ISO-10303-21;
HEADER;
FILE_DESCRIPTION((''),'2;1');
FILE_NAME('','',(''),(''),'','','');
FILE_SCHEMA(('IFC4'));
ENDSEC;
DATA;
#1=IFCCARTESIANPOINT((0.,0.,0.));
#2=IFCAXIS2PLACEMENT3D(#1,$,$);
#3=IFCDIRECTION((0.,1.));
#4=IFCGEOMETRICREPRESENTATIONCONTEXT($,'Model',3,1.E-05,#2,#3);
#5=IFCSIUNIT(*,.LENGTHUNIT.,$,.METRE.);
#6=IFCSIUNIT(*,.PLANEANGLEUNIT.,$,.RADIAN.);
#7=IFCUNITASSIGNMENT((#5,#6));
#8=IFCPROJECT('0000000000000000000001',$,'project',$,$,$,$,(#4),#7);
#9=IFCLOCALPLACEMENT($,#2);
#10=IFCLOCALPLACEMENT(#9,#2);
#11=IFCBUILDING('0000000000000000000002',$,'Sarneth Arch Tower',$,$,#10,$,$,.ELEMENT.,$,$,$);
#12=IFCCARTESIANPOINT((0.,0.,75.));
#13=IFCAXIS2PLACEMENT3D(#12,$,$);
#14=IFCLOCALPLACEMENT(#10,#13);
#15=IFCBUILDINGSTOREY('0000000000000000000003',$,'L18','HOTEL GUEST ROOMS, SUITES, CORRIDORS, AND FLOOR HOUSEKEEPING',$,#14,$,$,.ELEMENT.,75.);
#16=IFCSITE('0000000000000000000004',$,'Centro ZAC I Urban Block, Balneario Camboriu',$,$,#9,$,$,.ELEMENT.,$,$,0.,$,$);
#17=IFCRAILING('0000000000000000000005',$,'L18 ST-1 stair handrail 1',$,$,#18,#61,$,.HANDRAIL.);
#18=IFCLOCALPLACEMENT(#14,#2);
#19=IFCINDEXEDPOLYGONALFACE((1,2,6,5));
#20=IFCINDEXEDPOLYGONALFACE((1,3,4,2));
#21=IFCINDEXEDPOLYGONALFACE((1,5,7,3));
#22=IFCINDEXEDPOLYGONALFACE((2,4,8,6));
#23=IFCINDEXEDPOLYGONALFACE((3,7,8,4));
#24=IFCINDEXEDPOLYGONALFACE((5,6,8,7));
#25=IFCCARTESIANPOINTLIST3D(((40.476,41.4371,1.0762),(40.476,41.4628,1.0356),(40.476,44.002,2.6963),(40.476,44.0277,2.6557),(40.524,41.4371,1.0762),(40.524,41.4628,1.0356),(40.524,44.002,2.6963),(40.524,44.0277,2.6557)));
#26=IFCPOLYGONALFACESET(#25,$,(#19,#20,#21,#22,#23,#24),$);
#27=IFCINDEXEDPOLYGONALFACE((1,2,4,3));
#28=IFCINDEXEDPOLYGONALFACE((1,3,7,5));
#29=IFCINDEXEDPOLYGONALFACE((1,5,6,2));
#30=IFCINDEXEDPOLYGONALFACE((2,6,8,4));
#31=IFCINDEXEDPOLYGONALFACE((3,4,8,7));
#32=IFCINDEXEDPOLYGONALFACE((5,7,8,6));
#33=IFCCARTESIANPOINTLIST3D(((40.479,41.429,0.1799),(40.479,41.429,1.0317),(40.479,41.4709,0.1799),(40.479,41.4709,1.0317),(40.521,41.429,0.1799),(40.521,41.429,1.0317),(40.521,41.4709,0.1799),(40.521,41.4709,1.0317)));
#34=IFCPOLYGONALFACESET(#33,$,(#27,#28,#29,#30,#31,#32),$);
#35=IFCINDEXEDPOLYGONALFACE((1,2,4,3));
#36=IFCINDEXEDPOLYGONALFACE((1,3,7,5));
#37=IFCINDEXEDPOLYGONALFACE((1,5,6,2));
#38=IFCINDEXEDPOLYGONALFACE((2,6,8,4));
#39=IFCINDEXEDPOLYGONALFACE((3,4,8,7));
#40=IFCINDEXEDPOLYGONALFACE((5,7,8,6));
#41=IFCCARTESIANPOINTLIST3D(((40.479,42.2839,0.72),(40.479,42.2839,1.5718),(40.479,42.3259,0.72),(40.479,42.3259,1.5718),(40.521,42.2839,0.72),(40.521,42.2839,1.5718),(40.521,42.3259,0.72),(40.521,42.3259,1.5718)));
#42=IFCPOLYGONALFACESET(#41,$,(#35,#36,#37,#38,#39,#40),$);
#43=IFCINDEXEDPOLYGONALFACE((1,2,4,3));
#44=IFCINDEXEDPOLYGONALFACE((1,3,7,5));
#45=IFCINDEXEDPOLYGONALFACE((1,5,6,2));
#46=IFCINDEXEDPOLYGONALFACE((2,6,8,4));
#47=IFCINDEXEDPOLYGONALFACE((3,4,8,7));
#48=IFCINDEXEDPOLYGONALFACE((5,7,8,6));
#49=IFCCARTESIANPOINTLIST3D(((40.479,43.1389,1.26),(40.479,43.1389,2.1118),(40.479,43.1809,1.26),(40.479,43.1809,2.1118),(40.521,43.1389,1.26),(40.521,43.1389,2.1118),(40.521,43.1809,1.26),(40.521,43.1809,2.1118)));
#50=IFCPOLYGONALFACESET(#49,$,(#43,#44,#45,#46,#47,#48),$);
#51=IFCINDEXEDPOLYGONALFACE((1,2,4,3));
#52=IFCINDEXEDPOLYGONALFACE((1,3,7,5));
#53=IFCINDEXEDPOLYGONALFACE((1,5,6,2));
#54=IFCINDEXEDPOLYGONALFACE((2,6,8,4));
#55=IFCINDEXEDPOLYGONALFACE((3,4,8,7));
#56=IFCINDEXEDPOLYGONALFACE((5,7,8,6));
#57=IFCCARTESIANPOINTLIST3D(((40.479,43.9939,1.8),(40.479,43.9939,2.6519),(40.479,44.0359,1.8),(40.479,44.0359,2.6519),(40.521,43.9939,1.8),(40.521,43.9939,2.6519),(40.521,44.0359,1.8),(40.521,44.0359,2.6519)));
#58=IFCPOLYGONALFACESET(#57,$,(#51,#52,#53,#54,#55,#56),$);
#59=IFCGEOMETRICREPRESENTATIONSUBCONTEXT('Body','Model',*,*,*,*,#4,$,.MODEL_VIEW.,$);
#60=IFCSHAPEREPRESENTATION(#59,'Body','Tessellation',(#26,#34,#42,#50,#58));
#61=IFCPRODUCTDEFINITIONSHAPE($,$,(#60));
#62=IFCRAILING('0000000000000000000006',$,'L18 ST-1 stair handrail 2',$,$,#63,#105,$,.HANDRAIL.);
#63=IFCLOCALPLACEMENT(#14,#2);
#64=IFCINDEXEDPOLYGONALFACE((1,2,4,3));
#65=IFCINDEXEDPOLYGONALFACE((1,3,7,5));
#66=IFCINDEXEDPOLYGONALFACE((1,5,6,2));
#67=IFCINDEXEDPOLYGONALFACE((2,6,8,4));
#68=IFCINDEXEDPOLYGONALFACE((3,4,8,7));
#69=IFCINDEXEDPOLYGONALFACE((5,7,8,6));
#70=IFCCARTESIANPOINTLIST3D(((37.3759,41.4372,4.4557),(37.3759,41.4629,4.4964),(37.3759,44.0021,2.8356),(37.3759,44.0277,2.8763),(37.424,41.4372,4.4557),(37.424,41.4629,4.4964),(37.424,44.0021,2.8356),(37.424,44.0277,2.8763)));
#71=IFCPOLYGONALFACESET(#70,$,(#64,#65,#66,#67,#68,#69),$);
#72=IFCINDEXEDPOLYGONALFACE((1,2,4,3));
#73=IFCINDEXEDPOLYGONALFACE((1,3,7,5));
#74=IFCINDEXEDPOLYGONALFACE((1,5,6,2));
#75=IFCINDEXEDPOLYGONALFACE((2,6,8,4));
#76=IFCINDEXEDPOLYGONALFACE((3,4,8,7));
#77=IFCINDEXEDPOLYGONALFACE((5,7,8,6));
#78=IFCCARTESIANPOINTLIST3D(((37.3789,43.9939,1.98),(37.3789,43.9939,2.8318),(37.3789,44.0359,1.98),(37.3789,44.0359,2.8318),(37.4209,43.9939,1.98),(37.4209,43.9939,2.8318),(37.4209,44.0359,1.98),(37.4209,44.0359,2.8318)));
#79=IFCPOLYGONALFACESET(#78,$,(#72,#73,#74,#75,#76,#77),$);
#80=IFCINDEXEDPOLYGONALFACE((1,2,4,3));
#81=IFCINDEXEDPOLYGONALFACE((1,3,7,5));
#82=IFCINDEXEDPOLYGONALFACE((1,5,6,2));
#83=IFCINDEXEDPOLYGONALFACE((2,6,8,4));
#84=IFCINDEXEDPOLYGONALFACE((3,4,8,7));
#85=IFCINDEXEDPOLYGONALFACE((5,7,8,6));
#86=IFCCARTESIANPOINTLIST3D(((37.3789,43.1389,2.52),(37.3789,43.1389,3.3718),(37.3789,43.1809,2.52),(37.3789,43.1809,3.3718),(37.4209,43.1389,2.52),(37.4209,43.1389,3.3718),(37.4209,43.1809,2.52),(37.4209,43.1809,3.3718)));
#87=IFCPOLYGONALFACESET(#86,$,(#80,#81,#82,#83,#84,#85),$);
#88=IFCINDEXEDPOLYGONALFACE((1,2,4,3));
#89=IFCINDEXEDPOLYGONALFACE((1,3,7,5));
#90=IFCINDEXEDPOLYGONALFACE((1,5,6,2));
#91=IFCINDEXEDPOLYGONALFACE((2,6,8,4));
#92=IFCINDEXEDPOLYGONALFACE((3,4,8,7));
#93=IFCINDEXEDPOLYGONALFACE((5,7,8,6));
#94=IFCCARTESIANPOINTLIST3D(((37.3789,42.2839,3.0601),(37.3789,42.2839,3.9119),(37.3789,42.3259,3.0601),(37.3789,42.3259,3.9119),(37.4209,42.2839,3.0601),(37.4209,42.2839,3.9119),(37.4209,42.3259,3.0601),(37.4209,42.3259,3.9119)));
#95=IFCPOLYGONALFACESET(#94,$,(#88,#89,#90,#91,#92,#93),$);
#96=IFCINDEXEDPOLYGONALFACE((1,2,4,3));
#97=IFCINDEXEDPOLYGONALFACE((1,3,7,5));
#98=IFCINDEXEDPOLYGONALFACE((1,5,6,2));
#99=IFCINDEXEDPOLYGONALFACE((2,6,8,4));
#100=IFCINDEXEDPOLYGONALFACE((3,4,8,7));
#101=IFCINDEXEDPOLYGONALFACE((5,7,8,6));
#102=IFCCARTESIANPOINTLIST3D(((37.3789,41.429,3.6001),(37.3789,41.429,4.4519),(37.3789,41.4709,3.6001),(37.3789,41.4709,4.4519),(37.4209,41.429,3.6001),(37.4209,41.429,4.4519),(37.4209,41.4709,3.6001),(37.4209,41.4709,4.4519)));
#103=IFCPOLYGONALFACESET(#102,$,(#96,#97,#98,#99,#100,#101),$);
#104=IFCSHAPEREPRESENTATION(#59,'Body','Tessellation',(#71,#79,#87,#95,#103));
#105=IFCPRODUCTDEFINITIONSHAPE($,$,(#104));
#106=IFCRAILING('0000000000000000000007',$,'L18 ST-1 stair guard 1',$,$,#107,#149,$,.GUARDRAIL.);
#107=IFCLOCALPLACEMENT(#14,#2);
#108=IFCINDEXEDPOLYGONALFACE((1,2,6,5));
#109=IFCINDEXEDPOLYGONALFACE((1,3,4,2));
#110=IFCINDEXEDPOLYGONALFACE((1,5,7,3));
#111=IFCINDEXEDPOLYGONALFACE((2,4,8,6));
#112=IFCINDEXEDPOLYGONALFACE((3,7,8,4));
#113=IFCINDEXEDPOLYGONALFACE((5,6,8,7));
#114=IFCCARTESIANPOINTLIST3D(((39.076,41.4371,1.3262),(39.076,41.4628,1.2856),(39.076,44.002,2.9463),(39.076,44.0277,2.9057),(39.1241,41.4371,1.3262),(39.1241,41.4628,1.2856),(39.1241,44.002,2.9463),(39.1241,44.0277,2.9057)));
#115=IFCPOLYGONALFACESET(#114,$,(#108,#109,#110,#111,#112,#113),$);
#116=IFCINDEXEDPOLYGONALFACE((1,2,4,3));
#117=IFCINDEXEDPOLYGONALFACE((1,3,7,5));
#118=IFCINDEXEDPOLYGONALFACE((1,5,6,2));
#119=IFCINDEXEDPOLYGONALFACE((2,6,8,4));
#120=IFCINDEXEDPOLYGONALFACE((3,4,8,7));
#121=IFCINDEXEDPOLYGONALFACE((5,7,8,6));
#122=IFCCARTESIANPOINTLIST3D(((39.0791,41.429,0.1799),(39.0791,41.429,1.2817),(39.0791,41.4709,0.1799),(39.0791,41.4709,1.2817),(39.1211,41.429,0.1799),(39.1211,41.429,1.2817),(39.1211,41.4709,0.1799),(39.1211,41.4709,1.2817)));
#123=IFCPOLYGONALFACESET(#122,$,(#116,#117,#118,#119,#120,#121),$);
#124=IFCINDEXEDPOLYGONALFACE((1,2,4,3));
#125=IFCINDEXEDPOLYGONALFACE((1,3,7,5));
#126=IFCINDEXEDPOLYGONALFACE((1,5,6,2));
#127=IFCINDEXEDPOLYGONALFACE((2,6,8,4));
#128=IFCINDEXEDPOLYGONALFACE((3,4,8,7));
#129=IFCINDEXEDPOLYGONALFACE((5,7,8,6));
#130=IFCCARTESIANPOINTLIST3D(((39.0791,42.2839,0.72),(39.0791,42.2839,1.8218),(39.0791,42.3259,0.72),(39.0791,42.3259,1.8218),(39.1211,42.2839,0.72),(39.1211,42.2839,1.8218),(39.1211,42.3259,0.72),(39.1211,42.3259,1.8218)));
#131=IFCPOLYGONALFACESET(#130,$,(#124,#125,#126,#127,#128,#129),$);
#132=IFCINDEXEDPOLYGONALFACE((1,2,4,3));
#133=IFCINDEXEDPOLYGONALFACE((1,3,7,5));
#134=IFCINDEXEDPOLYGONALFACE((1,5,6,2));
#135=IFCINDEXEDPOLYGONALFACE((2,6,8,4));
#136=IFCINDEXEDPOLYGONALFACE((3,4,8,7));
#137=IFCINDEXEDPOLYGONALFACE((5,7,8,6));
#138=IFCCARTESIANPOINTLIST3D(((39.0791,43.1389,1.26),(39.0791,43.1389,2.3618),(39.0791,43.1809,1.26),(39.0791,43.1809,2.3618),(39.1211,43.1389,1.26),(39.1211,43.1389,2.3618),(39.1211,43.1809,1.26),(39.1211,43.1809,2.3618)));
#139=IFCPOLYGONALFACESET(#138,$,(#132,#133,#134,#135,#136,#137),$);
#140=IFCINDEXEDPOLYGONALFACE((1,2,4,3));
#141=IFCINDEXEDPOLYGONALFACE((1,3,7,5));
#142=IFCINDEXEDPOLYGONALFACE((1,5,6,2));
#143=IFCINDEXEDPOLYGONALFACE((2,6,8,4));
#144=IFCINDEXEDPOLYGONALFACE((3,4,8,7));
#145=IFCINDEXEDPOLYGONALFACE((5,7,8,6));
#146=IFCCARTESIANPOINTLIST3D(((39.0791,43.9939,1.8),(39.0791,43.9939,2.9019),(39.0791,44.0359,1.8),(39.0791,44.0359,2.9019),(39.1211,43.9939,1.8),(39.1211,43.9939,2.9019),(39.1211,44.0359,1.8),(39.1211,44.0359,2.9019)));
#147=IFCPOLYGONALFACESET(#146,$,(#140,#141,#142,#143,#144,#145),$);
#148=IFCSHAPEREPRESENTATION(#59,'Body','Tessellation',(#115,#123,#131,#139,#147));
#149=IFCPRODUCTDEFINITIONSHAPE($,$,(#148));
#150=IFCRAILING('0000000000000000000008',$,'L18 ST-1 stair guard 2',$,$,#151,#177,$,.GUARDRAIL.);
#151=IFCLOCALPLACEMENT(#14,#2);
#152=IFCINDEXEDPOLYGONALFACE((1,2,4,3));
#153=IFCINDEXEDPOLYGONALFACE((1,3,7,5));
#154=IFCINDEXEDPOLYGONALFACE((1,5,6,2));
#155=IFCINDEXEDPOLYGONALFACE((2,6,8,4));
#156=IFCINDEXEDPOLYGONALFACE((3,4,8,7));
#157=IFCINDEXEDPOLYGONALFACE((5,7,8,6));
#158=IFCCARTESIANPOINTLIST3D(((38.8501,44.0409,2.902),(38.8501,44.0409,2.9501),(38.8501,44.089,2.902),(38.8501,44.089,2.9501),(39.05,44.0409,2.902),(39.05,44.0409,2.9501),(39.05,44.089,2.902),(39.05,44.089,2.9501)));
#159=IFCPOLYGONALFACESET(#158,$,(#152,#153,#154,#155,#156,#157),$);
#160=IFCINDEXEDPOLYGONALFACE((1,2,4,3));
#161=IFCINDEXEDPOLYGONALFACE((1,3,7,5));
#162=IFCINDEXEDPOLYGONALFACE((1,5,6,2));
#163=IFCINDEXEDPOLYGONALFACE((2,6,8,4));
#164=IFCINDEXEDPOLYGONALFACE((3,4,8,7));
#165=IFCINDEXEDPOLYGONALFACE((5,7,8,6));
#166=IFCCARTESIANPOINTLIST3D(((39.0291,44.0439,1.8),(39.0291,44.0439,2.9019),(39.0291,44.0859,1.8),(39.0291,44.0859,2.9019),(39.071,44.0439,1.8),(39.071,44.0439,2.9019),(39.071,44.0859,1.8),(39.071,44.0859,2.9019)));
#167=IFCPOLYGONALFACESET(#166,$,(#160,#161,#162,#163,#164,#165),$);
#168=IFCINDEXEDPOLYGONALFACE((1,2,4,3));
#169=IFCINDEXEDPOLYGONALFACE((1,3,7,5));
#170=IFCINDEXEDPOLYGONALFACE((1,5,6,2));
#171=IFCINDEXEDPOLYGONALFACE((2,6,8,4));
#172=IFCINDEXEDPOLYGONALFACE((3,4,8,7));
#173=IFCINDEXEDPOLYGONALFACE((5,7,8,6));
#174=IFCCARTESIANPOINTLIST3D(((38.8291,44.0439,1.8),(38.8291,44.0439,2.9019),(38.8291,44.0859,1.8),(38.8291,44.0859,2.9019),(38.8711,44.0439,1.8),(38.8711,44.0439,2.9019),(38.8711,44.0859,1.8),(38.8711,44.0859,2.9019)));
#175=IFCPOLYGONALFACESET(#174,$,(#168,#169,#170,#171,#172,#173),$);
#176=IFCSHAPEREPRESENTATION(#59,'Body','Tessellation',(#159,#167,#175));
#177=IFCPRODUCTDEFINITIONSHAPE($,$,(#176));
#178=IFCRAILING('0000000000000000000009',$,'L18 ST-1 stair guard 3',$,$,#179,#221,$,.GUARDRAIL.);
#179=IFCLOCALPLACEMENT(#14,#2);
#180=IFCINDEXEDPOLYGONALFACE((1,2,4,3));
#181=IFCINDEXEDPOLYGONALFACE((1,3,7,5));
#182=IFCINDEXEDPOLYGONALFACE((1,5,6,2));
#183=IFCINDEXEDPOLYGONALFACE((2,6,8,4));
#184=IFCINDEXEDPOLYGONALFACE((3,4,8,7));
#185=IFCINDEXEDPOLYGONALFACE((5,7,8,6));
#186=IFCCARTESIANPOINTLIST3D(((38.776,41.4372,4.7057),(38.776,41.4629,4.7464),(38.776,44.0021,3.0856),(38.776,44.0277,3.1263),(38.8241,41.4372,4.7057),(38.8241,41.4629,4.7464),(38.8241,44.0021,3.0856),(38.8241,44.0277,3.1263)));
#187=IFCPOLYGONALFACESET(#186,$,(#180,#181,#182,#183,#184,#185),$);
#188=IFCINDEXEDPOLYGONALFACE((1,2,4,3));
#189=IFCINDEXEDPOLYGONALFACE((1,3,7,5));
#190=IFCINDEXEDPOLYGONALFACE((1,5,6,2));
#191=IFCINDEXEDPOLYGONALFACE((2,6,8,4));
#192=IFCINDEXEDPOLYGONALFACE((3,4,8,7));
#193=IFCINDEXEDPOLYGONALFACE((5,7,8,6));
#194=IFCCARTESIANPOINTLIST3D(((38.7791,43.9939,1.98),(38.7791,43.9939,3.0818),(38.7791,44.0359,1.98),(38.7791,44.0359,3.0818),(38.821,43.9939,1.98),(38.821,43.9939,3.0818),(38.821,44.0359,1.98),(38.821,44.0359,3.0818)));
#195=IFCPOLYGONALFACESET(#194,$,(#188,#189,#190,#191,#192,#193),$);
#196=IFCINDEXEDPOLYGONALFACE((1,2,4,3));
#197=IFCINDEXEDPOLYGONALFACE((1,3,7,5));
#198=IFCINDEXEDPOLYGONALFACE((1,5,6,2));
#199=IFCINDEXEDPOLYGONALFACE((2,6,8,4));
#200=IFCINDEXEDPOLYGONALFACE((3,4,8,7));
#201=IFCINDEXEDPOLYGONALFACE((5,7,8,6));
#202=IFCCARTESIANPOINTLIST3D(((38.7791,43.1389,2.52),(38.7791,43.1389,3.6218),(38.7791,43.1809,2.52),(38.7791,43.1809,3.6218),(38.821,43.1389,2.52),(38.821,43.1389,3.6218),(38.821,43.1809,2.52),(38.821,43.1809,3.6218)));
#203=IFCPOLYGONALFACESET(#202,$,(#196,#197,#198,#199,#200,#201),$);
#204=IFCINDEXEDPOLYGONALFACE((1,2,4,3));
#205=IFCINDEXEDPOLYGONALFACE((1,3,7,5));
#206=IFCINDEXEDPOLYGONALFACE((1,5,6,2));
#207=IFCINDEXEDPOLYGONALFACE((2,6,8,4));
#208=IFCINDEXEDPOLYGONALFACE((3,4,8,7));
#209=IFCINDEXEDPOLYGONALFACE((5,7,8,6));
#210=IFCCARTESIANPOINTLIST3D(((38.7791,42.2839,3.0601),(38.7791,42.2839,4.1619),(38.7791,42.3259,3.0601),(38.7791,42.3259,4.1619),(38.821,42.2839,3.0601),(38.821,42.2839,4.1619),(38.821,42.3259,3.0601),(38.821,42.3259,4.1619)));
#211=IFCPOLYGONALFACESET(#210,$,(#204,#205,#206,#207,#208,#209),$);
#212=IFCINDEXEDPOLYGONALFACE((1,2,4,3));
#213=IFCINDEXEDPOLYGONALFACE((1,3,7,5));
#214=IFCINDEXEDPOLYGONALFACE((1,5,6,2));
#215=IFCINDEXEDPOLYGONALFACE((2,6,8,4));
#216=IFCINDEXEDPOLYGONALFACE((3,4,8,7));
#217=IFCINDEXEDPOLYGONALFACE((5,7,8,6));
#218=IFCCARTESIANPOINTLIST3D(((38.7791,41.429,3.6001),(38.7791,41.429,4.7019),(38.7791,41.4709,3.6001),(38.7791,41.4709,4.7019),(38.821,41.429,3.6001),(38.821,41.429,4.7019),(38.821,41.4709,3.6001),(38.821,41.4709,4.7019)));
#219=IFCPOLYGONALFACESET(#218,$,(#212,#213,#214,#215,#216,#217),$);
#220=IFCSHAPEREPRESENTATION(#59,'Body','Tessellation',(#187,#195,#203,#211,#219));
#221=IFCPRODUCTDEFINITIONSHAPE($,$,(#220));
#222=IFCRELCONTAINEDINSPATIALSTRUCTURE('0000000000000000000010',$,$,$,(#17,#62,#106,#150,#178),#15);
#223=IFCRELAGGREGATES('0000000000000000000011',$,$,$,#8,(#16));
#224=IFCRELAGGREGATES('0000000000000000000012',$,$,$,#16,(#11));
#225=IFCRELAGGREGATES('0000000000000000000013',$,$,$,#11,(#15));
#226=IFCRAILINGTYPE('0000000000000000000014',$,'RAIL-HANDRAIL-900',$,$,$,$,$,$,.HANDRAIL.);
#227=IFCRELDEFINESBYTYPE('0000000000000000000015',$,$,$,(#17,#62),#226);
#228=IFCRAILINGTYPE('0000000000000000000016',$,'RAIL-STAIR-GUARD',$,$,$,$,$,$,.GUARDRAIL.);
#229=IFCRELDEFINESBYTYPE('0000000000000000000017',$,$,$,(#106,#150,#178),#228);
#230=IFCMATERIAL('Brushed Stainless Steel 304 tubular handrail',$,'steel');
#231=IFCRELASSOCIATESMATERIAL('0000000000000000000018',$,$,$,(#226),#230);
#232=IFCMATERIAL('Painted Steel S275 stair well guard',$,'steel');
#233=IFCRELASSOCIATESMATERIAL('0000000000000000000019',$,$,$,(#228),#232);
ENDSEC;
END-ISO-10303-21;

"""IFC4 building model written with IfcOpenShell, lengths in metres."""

from ifc_helpers import new_model, si_unit, direction, frame, origin, origin_2d, place, context, subcontext, project, spatial, rectangle, extrude, material, type_object, element, save


model = new_model("IFC4")

# Units and contexts
model_context = context("Model", 3, precision=1e-05, world=origin(), true_north=direction((0.0, 1.0)))
body_context = subcontext(model_context, "Body", "Model", "MODEL_VIEW")
ifc_project = project(units=[si_unit("LENGTHUNIT", "METRE"), si_unit("PLANEANGLEUNIT", "RADIAN")], contexts=[model_context])

# Site, building, storey
site_placement = place(None, origin())
site = spatial("IfcSite", under=ifc_project, at=site_placement, Name="Centro ZAC I Urban Block, Balneario Camboriu", CompositionType="ELEMENT", RefElevation=0.0)
building_placement = place(site_placement, origin())
building = spatial("IfcBuilding", under=site, at=building_placement, Name="Sarneth Arch Tower", CompositionType="ELEMENT")
storey_placement = place(building_placement, frame((0.0, 0.0, 75.0)))
storey = spatial("IfcBuildingStorey", under=building, at=storey_placement, Name="L18", Description="HOTEL GUEST ROOMS, SUITES, CORRIDORS, AND FLOOR HOUSEKEEPING", CompositionType="ELEMENT", Elevation=75.0)

# Railings
ifc_material_1 = material(Name="Brushed Stainless Steel 304 tubular handrail", Category="steel")
railing_type_1 = type_object("IfcRailingType", Name="RAIL-HANDRAIL-900", PredefinedType="HANDRAIL", material=ifc_material_1)
railing_1_placement = place(storey_placement, frame((40.5, 41.45, 0.1799)))
element("IfcRailing", 1, at=railing_1_placement, inside=storey, type_object=railing_type_1, Name="L18 ST-1 stair handrail 1", PredefinedType="HANDRAIL", context=body_context, shape_type="SweptSolid", body=[
    extrude(rectangle(XDim=0.0481, YDim=0.0481, at=origin_2d()), frame((0.0, 0.0, 0.876), z_axis=(0.0, 0.845466, 0.534029), x_axis=(-1.0, 0.0, 0.0)), (0.0, 0.0, 1.0), 3.0337),
    extrude(rectangle(XDim=0.042, YDim=0.042, at=origin_2d()), origin(), (0.0, 0.0, 1.0), 0.8518),
    extrude(rectangle(XDim=0.042, YDim=0.042, at=origin_2d()), frame((0.0, 0.855, 0.54)), (0.0, 0.0, 1.0), 0.8518),
    extrude(rectangle(XDim=0.042, YDim=0.042, at=origin_2d()), frame((0.0, 1.71, 1.0801)), (0.0, 0.0, 1.0), 0.8518),
    extrude(rectangle(XDim=0.042, YDim=0.042, at=origin_2d()), frame((0.0, 2.5649, 1.6201)), (0.0, 0.0, 1.0), 0.8518),
])
railing_2_placement = place(storey_placement, frame((37.3999, 44.0149, 1.98)))
element("IfcRailing", 2, at=railing_2_placement, inside=storey, type_object=railing_type_1, Name="L18 ST-1 stair handrail 2", PredefinedType="HANDRAIL", context=body_context, shape_type="SweptSolid", body=[
    extrude(rectangle(XDim=0.0481, YDim=0.0481, at=origin_2d()), frame((0.0, 0.0, 0.876), z_axis=(0.0, -0.845466, 0.534029), x_axis=(1.0, 0.0, 0.0)), (0.0, 0.0, 1.0), 3.0337),
    extrude(rectangle(XDim=0.042, YDim=0.042, at=origin_2d()), origin(), (0.0, 0.0, 1.0), 0.8518),
    extrude(rectangle(XDim=0.042, YDim=0.042, at=origin_2d()), frame((0.0, -0.855, 0.54)), (0.0, 0.0, 1.0), 0.8518),
    extrude(rectangle(XDim=0.042, YDim=0.042, at=origin_2d()), frame((0.0, -1.71, 1.0801)), (0.0, 0.0, 1.0), 0.8518),
    extrude(rectangle(XDim=0.042, YDim=0.042, at=origin_2d()), frame((0.0, -2.5649, 1.6201)), (0.0, 0.0, 1.0), 0.8518),
])
ifc_material_2 = material(Name="Painted Steel S275 stair well guard", Category="steel")
railing_type_2 = type_object("IfcRailingType", Name="RAIL-STAIR-GUARD", PredefinedType="GUARDRAIL", material=ifc_material_2)
railing_3_placement = place(storey_placement, frame((39.1001, 41.45, 0.1799)))
element("IfcRailing", 3, at=railing_3_placement, inside=storey, type_object=railing_type_2, Name="L18 ST-1 stair guard 1", PredefinedType="GUARDRAIL", context=body_context, shape_type="SweptSolid", body=[
    extrude(rectangle(XDim=0.0481, YDim=0.0481, at=origin_2d()), frame((0.0, 0.0, 1.126), z_axis=(0.0, 0.845466, 0.534029), x_axis=(-1.0, 0.0, 0.0)), (0.0, 0.0, 1.0), 3.0337),
    extrude(rectangle(XDim=0.042, YDim=0.042, at=origin_2d()), origin(), (0.0, 0.0, 1.0), 1.1018),
    extrude(rectangle(XDim=0.042, YDim=0.042, at=origin_2d()), frame((0.0, 0.855, 0.54)), (0.0, 0.0, 1.0), 1.1018),
    extrude(rectangle(XDim=0.042, YDim=0.042, at=origin_2d()), frame((0.0, 1.71, 1.0801)), (0.0, 0.0, 1.0), 1.1018),
    extrude(rectangle(XDim=0.042, YDim=0.042, at=origin_2d()), frame((0.0, 2.5649, 1.6201)), (0.0, 0.0, 1.0), 1.1018),
])
railing_4_placement = place(storey_placement, frame((39.05, 44.0649, 1.8)))
element("IfcRailing", 4, at=railing_4_placement, inside=storey, type_object=railing_type_2, Name="L18 ST-1 stair guard 2", PredefinedType="GUARDRAIL", context=body_context, shape_type="SweptSolid", body=[
    extrude(rectangle(XDim=0.0481, YDim=0.0481, at=origin_2d()), frame((0.0, 0.0, 1.126), z_axis=(-1.0, 0.0, 0.0), x_axis=(0.0, -1.0, 0.0)), (0.0, 0.0, 1.0), 0.2),
    extrude(rectangle(XDim=0.042, YDim=0.042, at=origin_2d()), origin(), (0.0, 0.0, 1.0), 1.1018),
    extrude(rectangle(XDim=0.042, YDim=0.042, at=origin_2d()), frame((-0.2, 0.0, 0.0)), (0.0, 0.0, 1.0), 1.1018),
])
railing_5_placement = place(storey_placement, frame((38.8, 44.0149, 1.98)))
element("IfcRailing", 5, at=railing_5_placement, inside=storey, type_object=railing_type_2, Name="L18 ST-1 stair guard 3", PredefinedType="GUARDRAIL", context=body_context, shape_type="SweptSolid", body=[
    extrude(rectangle(XDim=0.0481, YDim=0.0481, at=origin_2d()), frame((0.0, 0.0, 1.126), z_axis=(0.0, -0.845466, 0.534029), x_axis=(1.0, 0.0, 0.0)), (0.0, 0.0, 1.0), 3.0337),
    extrude(rectangle(XDim=0.042, YDim=0.042, at=origin_2d()), origin(), (0.0, 0.0, 1.0), 1.1018),
    extrude(rectangle(XDim=0.042, YDim=0.042, at=origin_2d()), frame((0.0, -0.855, 0.54)), (0.0, 0.0, 1.0), 1.1018),
    extrude(rectangle(XDim=0.042, YDim=0.042, at=origin_2d()), frame((0.0, -1.71, 1.0801)), (0.0, 0.0, 1.0), 1.1018),
    extrude(rectangle(XDim=0.042, YDim=0.042, at=origin_2d()), frame((0.0, -2.5649, 1.6201)), (0.0, 0.0, 1.0), 1.1018),
])

save(model, "model.ifc")
